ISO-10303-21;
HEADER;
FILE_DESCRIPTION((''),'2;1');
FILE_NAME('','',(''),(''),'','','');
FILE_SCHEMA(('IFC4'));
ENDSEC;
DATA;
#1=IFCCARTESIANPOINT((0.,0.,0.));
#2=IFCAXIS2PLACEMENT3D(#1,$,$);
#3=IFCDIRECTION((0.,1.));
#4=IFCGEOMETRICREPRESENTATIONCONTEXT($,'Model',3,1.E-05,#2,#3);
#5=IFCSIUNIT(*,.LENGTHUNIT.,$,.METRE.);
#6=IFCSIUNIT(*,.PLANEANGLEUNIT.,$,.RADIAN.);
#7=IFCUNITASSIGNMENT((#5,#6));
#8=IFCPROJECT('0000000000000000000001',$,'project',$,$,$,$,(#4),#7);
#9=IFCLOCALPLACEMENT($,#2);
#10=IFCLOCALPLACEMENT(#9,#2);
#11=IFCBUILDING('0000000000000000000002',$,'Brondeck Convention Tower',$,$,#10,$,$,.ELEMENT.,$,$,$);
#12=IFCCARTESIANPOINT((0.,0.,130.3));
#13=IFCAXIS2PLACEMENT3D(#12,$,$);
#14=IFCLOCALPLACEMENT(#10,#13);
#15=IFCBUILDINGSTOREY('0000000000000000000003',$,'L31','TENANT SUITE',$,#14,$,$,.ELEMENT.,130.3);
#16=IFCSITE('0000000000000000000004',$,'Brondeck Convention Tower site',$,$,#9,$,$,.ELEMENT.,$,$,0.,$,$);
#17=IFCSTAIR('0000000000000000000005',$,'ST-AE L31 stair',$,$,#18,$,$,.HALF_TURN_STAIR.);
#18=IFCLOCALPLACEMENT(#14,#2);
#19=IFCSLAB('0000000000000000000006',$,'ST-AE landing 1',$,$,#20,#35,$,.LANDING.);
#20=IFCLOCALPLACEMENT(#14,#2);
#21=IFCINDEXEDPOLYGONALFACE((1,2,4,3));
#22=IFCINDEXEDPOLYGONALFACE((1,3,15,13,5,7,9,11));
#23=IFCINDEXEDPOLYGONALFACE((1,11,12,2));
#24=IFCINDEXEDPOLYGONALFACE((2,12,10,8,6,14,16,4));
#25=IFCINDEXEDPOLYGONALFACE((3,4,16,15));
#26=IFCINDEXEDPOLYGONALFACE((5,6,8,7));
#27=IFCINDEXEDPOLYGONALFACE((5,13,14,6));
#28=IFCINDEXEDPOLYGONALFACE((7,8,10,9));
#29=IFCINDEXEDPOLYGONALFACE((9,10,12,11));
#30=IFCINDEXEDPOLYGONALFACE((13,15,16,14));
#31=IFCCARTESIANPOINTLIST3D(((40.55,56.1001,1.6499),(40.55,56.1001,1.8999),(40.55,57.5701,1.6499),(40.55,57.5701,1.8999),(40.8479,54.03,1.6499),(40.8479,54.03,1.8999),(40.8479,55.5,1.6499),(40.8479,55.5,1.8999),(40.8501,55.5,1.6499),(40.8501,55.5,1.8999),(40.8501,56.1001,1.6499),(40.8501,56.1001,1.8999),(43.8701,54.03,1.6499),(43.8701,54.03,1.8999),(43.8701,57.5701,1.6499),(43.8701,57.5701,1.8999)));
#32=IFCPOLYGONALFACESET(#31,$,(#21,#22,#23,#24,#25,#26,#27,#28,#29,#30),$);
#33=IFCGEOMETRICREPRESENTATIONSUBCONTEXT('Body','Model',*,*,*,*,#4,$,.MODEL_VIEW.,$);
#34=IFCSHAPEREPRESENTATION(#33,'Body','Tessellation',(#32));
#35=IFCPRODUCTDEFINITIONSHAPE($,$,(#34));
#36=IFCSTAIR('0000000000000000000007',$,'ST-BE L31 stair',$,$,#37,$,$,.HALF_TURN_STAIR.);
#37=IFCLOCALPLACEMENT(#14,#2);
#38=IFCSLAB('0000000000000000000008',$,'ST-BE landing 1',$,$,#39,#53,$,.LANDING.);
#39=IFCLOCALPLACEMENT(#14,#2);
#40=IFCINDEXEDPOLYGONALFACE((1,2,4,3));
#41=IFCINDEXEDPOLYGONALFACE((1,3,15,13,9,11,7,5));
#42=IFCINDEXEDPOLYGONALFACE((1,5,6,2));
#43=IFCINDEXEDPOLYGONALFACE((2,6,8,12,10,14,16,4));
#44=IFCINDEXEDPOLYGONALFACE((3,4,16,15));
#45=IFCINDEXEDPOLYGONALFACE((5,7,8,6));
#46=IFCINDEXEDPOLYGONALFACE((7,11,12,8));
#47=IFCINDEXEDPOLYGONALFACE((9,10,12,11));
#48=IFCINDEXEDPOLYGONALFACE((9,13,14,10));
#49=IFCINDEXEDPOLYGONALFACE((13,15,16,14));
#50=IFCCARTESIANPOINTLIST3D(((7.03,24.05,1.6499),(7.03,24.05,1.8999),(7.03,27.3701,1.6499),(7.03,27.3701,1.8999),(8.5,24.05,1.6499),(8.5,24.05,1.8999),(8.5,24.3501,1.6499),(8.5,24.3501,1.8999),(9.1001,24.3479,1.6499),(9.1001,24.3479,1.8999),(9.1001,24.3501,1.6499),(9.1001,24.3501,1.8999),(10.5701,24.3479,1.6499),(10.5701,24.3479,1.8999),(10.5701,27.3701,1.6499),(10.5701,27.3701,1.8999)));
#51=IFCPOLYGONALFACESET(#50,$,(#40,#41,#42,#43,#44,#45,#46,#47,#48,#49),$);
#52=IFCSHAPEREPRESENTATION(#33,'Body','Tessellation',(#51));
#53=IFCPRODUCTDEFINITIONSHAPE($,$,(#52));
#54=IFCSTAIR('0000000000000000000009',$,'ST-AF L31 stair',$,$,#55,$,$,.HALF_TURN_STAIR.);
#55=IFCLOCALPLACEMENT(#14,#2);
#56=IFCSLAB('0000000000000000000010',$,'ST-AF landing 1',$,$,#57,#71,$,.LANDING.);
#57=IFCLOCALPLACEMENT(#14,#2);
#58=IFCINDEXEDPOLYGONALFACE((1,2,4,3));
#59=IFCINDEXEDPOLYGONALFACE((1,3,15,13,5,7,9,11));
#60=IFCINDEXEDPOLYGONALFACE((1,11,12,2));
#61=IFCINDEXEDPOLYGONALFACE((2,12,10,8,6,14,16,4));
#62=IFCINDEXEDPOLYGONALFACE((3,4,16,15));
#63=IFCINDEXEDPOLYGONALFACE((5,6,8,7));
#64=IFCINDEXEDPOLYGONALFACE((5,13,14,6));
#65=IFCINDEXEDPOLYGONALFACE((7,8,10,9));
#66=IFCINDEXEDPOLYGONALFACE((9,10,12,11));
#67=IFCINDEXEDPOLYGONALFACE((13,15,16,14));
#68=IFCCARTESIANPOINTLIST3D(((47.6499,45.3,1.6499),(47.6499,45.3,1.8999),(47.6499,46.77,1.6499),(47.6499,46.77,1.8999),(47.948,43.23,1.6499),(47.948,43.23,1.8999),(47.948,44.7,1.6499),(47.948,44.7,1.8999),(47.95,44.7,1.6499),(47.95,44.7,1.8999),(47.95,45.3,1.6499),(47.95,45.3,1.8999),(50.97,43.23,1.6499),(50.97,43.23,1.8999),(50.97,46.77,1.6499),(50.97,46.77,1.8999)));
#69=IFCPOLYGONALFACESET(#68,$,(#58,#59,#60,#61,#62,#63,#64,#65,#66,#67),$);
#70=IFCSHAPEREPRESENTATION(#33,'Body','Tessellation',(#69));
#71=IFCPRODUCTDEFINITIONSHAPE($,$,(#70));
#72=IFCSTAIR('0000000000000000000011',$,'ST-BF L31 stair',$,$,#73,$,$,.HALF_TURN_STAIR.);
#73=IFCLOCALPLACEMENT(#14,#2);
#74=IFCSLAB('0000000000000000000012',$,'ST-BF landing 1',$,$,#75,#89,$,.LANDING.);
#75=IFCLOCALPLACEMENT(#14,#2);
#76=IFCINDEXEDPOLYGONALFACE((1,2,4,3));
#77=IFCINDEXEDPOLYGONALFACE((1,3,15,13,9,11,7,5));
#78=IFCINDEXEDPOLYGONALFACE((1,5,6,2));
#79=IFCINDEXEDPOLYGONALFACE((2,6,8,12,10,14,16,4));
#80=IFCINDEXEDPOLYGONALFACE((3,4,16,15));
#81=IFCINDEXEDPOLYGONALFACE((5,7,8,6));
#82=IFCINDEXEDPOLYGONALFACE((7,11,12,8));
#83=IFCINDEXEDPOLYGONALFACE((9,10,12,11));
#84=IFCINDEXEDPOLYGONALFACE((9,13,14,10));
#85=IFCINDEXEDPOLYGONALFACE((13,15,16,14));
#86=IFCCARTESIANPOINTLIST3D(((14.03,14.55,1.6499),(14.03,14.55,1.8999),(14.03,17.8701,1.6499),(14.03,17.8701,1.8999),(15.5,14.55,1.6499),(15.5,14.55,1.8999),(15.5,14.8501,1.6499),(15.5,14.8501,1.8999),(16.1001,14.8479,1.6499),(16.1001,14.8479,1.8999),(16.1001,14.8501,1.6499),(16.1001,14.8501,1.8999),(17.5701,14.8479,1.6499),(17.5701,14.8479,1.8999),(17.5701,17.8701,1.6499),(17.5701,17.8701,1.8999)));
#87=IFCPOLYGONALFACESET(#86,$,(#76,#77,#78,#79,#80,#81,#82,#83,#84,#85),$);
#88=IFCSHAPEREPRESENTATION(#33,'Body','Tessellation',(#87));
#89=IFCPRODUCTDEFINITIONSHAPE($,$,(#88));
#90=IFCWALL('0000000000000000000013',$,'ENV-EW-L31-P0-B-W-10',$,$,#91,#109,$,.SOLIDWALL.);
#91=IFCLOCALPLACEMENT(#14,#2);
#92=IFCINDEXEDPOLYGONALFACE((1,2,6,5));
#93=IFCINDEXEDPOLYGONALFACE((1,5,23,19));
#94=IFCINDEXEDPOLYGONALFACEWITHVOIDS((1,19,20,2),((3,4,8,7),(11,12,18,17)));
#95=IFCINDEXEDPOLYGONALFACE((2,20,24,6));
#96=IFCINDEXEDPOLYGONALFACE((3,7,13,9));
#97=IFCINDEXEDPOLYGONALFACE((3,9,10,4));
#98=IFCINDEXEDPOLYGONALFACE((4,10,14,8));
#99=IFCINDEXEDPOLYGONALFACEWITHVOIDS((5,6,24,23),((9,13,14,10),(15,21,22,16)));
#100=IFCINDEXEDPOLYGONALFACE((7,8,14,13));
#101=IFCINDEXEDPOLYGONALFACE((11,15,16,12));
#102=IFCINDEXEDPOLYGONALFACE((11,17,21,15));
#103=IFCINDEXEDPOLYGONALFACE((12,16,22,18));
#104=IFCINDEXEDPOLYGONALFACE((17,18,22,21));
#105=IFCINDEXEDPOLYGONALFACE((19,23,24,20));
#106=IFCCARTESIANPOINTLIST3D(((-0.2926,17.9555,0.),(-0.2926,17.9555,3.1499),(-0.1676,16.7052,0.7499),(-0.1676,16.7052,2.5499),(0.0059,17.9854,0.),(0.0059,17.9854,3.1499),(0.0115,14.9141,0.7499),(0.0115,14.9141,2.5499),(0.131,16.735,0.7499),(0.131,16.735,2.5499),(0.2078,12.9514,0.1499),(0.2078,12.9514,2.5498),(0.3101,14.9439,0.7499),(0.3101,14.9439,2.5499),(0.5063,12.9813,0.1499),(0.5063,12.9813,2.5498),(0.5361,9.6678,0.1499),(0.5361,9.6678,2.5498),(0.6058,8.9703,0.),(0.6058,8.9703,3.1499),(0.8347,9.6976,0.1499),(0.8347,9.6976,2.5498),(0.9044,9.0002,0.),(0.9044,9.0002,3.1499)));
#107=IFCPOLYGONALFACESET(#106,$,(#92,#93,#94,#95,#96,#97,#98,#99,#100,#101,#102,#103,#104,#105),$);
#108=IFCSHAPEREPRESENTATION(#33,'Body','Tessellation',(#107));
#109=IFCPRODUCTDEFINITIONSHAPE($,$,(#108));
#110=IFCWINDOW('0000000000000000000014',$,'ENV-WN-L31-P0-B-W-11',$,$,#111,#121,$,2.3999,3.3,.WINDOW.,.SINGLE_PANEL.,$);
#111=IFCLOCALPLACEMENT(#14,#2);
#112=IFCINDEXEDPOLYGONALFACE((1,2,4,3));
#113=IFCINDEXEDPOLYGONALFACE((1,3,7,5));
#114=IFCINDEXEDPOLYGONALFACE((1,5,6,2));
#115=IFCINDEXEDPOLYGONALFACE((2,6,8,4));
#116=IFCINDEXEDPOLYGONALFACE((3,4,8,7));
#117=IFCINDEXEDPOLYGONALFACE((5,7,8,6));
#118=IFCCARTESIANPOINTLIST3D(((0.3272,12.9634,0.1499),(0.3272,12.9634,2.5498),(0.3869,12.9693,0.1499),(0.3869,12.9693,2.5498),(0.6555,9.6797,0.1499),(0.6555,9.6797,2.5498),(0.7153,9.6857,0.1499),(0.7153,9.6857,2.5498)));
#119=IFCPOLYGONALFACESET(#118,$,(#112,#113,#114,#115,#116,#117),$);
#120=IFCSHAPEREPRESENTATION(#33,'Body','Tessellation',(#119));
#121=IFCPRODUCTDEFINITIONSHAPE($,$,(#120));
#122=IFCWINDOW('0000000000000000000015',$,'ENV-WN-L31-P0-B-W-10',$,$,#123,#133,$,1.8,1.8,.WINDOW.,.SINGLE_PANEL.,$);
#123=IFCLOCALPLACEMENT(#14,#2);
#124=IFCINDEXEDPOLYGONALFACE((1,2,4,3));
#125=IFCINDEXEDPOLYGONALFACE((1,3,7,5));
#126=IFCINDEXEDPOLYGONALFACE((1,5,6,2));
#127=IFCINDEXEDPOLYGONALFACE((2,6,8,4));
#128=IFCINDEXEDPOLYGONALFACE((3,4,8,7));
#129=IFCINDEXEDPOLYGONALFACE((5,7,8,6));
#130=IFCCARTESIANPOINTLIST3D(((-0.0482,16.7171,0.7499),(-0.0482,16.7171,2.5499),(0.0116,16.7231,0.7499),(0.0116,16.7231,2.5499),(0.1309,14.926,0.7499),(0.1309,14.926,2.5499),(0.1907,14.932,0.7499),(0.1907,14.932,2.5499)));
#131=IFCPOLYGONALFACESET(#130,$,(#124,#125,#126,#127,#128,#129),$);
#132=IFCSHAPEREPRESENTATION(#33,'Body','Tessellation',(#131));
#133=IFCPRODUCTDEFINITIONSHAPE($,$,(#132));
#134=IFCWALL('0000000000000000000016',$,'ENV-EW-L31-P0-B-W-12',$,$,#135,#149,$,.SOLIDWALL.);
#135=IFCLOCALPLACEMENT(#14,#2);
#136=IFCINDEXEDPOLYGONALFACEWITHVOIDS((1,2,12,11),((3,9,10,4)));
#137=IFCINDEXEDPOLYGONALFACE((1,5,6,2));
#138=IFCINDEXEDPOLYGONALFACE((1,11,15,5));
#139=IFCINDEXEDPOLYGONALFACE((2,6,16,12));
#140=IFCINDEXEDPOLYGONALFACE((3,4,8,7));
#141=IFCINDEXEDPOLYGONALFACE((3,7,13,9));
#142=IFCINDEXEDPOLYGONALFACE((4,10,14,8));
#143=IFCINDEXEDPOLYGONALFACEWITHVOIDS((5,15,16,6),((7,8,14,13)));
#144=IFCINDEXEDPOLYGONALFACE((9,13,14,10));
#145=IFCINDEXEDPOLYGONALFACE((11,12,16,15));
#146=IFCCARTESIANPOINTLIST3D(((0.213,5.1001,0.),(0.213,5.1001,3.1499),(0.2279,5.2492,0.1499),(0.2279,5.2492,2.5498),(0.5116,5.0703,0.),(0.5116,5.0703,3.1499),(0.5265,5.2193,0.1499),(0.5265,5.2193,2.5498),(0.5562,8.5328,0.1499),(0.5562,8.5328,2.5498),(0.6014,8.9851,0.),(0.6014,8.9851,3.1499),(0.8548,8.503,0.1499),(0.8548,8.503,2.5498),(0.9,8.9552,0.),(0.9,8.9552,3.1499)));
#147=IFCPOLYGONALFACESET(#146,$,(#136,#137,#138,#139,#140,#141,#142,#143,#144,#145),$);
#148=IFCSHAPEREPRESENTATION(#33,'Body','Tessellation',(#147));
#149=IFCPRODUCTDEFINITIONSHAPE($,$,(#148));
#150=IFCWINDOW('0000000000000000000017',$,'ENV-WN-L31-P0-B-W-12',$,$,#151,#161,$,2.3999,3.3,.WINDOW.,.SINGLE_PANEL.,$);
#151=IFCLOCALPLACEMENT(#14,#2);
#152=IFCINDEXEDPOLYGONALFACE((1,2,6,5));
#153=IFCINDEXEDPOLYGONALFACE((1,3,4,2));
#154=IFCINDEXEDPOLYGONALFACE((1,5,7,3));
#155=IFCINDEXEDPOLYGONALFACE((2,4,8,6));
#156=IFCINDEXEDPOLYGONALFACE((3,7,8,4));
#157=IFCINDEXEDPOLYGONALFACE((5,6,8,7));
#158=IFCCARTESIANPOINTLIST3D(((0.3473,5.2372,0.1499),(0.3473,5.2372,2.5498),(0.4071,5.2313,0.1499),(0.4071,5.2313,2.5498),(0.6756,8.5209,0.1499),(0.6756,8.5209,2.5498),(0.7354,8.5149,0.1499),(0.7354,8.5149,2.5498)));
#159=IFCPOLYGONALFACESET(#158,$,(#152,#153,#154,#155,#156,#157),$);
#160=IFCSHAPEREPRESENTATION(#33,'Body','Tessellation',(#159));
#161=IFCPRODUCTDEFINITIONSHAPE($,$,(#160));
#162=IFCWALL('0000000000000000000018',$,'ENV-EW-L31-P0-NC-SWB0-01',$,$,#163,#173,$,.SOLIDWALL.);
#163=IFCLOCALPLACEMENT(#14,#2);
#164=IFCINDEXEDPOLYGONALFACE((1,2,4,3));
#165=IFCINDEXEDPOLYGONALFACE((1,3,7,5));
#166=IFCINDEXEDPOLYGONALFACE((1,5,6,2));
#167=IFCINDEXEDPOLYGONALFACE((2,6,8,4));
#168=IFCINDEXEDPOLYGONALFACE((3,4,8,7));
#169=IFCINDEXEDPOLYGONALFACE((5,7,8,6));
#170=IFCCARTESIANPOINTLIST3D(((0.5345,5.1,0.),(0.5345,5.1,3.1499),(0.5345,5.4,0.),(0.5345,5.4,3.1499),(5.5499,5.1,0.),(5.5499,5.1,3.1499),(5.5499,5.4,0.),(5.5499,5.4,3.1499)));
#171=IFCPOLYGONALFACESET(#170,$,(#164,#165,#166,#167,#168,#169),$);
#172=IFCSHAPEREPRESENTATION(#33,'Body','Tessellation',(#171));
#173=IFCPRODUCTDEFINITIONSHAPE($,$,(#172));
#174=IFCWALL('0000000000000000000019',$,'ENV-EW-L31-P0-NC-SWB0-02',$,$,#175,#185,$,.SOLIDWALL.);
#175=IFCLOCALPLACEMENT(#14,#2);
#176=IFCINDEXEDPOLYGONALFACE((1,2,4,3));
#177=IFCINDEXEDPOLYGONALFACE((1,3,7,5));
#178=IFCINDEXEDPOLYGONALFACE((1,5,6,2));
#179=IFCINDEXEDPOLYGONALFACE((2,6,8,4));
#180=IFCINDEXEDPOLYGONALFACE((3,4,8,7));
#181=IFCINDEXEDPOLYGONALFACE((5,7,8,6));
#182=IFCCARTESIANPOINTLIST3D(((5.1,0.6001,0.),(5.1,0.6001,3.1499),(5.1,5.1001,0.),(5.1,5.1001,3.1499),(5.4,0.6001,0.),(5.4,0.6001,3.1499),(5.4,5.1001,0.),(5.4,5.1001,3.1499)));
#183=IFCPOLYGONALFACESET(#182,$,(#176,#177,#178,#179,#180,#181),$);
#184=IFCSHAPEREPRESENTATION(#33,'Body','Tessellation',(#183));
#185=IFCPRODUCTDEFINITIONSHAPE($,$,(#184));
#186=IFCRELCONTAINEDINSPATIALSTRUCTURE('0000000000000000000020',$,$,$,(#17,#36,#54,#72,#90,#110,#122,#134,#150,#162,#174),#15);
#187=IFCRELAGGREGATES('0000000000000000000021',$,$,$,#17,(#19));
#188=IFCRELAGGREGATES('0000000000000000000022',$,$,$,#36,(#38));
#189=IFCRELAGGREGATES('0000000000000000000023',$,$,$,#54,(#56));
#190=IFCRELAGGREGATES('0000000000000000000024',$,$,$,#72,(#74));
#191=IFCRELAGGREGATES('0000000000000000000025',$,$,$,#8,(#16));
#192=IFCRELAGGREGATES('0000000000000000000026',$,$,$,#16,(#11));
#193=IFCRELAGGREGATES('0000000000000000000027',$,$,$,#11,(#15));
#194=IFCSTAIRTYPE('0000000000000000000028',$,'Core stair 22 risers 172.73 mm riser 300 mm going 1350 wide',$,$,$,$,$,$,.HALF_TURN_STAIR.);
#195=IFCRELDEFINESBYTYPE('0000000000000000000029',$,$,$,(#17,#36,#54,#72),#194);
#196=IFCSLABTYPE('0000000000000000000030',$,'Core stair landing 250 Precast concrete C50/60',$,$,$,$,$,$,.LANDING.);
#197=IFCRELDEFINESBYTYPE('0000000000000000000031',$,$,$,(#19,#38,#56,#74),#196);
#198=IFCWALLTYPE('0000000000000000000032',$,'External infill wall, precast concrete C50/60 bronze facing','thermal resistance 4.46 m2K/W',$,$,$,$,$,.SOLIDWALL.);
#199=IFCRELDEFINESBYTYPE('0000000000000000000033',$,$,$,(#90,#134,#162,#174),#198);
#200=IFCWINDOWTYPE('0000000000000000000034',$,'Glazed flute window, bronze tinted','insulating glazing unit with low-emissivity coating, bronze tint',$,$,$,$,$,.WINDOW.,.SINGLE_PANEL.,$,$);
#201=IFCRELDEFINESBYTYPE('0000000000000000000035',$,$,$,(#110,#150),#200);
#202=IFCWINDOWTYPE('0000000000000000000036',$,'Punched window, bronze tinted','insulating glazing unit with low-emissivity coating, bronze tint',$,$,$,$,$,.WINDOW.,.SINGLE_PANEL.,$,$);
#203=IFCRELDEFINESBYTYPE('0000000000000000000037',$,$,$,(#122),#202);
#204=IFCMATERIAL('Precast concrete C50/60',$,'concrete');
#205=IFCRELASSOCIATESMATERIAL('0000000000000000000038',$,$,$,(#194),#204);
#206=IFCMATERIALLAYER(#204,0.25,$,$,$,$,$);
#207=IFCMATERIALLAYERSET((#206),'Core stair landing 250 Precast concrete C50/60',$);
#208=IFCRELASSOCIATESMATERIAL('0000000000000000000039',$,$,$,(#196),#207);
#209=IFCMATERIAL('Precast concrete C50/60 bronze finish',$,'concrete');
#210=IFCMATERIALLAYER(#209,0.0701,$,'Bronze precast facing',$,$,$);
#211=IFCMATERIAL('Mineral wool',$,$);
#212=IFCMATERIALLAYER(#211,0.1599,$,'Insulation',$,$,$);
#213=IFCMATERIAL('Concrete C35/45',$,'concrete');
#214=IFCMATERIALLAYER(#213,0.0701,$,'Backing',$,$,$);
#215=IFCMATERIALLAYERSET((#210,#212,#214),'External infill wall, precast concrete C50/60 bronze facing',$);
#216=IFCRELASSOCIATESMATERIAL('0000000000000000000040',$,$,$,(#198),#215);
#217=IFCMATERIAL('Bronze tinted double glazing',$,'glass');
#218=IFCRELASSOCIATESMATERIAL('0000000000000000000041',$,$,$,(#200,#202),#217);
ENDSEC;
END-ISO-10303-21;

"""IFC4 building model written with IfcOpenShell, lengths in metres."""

from ifc_helpers import new_model, si_unit, direction, frame, frame_2d, origin, place, context, subcontext, project, spatial, polyline, rectangle, outline, extrude, material, layer, layer_set, type_object, element, fill, aggregate, save


model = new_model("IFC4")

# Units and contexts
model_context = context("Model", 3, precision=1e-05, world=origin(), true_north=direction((0.0, 1.0)))
body_context = subcontext(model_context, "Body", "Model", "MODEL_VIEW")
ifc_project = project(units=[si_unit("LENGTHUNIT", "METRE"), si_unit("PLANEANGLEUNIT", "RADIAN")], contexts=[model_context])

# Site, building, storey
site_placement = place(None, origin())
site = spatial("IfcSite", under=ifc_project, at=site_placement, Name="Brondeck Convention Tower site", CompositionType="ELEMENT", RefElevation=0.0)
building_placement = place(site_placement, origin())
building = spatial("IfcBuilding", under=site, at=building_placement, Name="Brondeck Convention Tower", CompositionType="ELEMENT")
storey_placement = place(building_placement, frame((0.0, 0.0, 130.3)))
storey = spatial("IfcBuildingStorey", under=building, at=storey_placement, Name="L31", Description="TENANT SUITE", CompositionType="ELEMENT", Elevation=130.3)

# Shared definitions
ifc_material_1 = material(Name="Concrete C35/45", Category="concrete")

# Stairs, slabs
ifc_material_2 = material(Name="Precast concrete C50/60", Category="concrete")
stair_type = type_object("IfcStairType", Name="Core stair 22 risers 172.73 mm riser 300 mm going 1350 wide", PredefinedType="HALF_TURN_STAIR", material=ifc_material_2)
ifc_layer_1 = layer(ifc_material_2, 0.25)
ifc_layer_set_1 = layer_set([ifc_layer_1], Name="Core stair landing 250 Precast concrete C50/60")
slab_type_1 = type_object("IfcSlabType", Name="Core stair landing 250 Precast concrete C50/60", PredefinedType="LANDING", material=ifc_layer_set_1)
stair_1_placement = place(storey_placement, origin())
stair_1 = element("IfcStair", 1, at=stair_1_placement, inside=storey, type_object=stair_type, Name="ST-AE L31 stair", PredefinedType="HALF_TURN_STAIR")
slab_1_placement = place(storey_placement, frame((0.0, 0.0, 1.6499)))
slab_1 = element("IfcSlab", 2, at=slab_1_placement, type_object=slab_type_1, Name="ST-AE landing 1", PredefinedType="LANDING", context=body_context, shape_type="SweptSolid", body=[
    extrude(outline(polyline([(40.8479, 55.5), (40.8501, 55.5), (40.8501, 56.1001), (40.55, 56.1001), (40.55, 57.5701), (43.8701, 57.5701), (43.8701, 54.03), (40.8479, 54.03), (40.8479, 55.5)])), origin(), (0.0, 0.0, 1.0), 0.25),
])
aggregate(stair_1, [slab_1])
stair_2_placement = place(storey_placement, origin())
stair_2 = element("IfcStair", 3, at=stair_2_placement, inside=storey, type_object=stair_type, Name="ST-BE L31 stair", PredefinedType="HALF_TURN_STAIR")
slab_2_placement = place(storey_placement, frame((0.0, 0.0, 1.6499)))
slab_2 = element("IfcSlab", 4, at=slab_2_placement, type_object=slab_type_1, Name="ST-BE landing 1", PredefinedType="LANDING", context=body_context, shape_type="SweptSolid", body=[
    extrude(outline(polyline([(7.03, 24.05), (7.03, 27.3701), (10.5701, 27.3701), (10.5701, 24.3479), (9.1001, 24.3479), (9.1001, 24.3501), (8.5, 24.3501), (8.5, 24.05), (7.03, 24.05)])), origin(), (0.0, 0.0, 1.0), 0.25),
])
aggregate(stair_2, [slab_2])
stair_3_placement = place(storey_placement, origin())
stair_3 = element("IfcStair", 5, at=stair_3_placement, inside=storey, type_object=stair_type, Name="ST-AF L31 stair", PredefinedType="HALF_TURN_STAIR")
slab_3_placement = place(storey_placement, frame((0.0, 0.0, 1.6499)))
slab_3 = element("IfcSlab", 6, at=slab_3_placement, type_object=slab_type_1, Name="ST-AF landing 1", PredefinedType="LANDING", context=body_context, shape_type="SweptSolid", body=[
    extrude(outline(polyline([(47.948, 44.7), (47.95, 44.7), (47.95, 45.3), (47.6499, 45.3), (47.6499, 46.77), (50.97, 46.77), (50.97, 43.23), (47.948, 43.23), (47.948, 44.7)])), origin(), (0.0, 0.0, 1.0), 0.25),
])
aggregate(stair_3, [slab_3])
stair_4_placement = place(storey_placement, origin())
stair_4 = element("IfcStair", 7, at=stair_4_placement, inside=storey, type_object=stair_type, Name="ST-BF L31 stair", PredefinedType="HALF_TURN_STAIR")
slab_4_placement = place(storey_placement, frame((0.0, 0.0, 1.6499)))
slab_4 = element("IfcSlab", 8, at=slab_4_placement, type_object=slab_type_1, Name="ST-BF landing 1", PredefinedType="LANDING", context=body_context, shape_type="SweptSolid", body=[
    extrude(outline(polyline([(14.03, 14.55), (14.03, 17.8701), (17.5701, 17.8701), (17.5701, 14.8479), (16.1001, 14.8479), (16.1001, 14.8501), (15.5, 14.8501), (15.5, 14.55), (14.03, 14.55)])), origin(), (0.0, 0.0, 1.0), 0.25),
])
aggregate(stair_4, [slab_4])

# Wall, openings, windows
ifc_material_3 = material(Name="Precast concrete C50/60 bronze finish", Category="concrete")
ifc_layer_2 = layer(ifc_material_3, 0.0701, Name="Bronze precast facing")
ifc_material_4 = material(Name="Mineral wool")
ifc_layer_3 = layer(ifc_material_4, 0.1599, Name="Insulation")
ifc_layer_4 = layer(ifc_material_1, 0.0701, Name="Backing")
ifc_layer_set_2 = layer_set([ifc_layer_2, ifc_layer_3, ifc_layer_4], Name="External infill wall, precast concrete C50/60 bronze facing")
wall_type = type_object("IfcWallType", Name="External infill wall, precast concrete C50/60 bronze facing", Description="thermal resistance 4.46 m2K/W", PredefinedType="SOLIDWALL", material=ifc_layer_set_2)
wall_1_placement = place(storey_placement, frame((0.7551, 8.9851, 0.0), z_axis=(0.0, 0.0, 1.0), x_axis=(-0.099496, 0.995038, 0.0)))
wall_1 = element("IfcWall", 9, at=wall_1_placement, inside=storey, type_object=wall_type, Name="ENV-EW-L31-P0-B-W-10", PredefinedType="SOLIDWALL", context=body_context, shape_type="SweptSolid", body=[
    extrude(rectangle(XDim=9.03, YDim=0.3, at=frame_2d((4.5151, 0.0))), origin(), (0.0, 0.0, 1.0), 3.1499),
])
opening_1_placement = place(wall_1_placement, frame((0.7012, 0.0, 0.1499)))
opening_1 = element("IfcOpeningElement", 10, at=opening_1_placement, cuts=wall_1, PredefinedType="OPENING", context=body_context, shape_type="SweptSolid", body=[
    extrude(rectangle(XDim=3.3, YDim=2.3999, at=frame_2d((1.6499, 1.2))), frame((0.0, 0.1599, 0.0), z_axis=(0.0, -1.0, 0.0), x_axis=(1.0, 0.0, 0.0)), (0.0, 0.0, 1.0), 0.3201),
])
opening_2_placement = place(wall_1_placement, frame((5.9736, 0.0, 0.75)))
opening_2 = element("IfcOpeningElement", 11, at=opening_2_placement, cuts=wall_1, PredefinedType="OPENING", context=body_context, shape_type="SweptSolid", body=[
    extrude(rectangle(XDim=1.8, YDim=1.8, at=frame_2d((0.8999, 0.8999))), frame((0.0, 0.1599, 0.0), z_axis=(0.0, -1.0, 0.0), x_axis=(1.0, 0.0, 0.0)), (0.0, 0.0, 1.0), 0.3201),
])
ifc_material_5 = material(Name="Bronze tinted double glazing", Category="glass")
window_type_1 = type_object("IfcWindowType", Name="Glazed flute window, bronze tinted", Description="insulating glazing unit with low-emissivity coating, bronze tint", PartitioningType="SINGLE_PANEL", PredefinedType="WINDOW", material=ifc_material_5)
window_1_placement = place(opening_1_placement, origin())
window_1 = element("IfcWindow", 12, at=window_1_placement, inside=storey, type_object=window_type_1, Name="ENV-WN-L31-P0-B-W-11", OverallHeight=2.3999, OverallWidth=3.3, PartitioningType="SINGLE_PANEL", PredefinedType="WINDOW", context=body_context, shape_type="SweptSolid", body=[
    extrude(rectangle(XDim=3.3, YDim=2.3999, at=frame_2d((1.6499, 1.2))), frame((0.0, 0.03, 0.0), z_axis=(0.0, -1.0, 0.0), x_axis=(1.0, 0.0, 0.0)), (0.0, 0.0, 1.0), 0.0601),
])
fill(opening_1, window_1)
window_type_2 = type_object("IfcWindowType", Name="Punched window, bronze tinted", Description="insulating glazing unit with low-emissivity coating, bronze tint", PartitioningType="SINGLE_PANEL", PredefinedType="WINDOW", material=ifc_material_5)
window_2_placement = place(opening_2_placement, origin())
window_2 = element("IfcWindow", 13, at=window_2_placement, inside=storey, type_object=window_type_2, Name="ENV-WN-L31-P0-B-W-10", OverallHeight=1.8, OverallWidth=1.8, PartitioningType="SINGLE_PANEL", PredefinedType="WINDOW", context=body_context, shape_type="SweptSolid", body=[
    extrude(rectangle(XDim=1.8, YDim=1.8, at=frame_2d((0.8999, 0.8999))), frame((0.0, 0.03, 0.0), z_axis=(0.0, -1.0, 0.0), x_axis=(1.0, 0.0, 0.0)), (0.0, 0.0, 1.0), 0.0601),
])
fill(opening_2, window_2)

# Wall, opening, window
wall_2_placement = place(storey_placement, frame((0.3623, 5.0852, 0.0), z_axis=(0.0, 0.0, 1.0), x_axis=(0.099485, 0.995039, 0.0)))
wall_2 = element("IfcWall", 14, at=wall_2_placement, inside=storey, type_object=wall_type, Name="ENV-EW-L31-P0-B-W-12", PredefinedType="SOLIDWALL", context=body_context, shape_type="SweptSolid", body=[
    extrude(rectangle(XDim=3.9043, YDim=0.3, at=frame_2d((1.9521, 0.0))), origin(), (0.0, 0.0, 1.0), 3.1499),
])
opening_3_placement = place(wall_2_placement, frame((0.1499, 0.0, 0.1499)))
opening_3 = element("IfcOpeningElement", 15, at=opening_3_placement, cuts=wall_2, PredefinedType="OPENING", context=body_context, shape_type="SweptSolid", body=[
    extrude(rectangle(XDim=3.3, YDim=2.3999, at=frame_2d((1.6499, 1.2))), frame((0.0, 0.1599, 0.0), z_axis=(0.0, -1.0, 0.0), x_axis=(1.0, 0.0, 0.0)), (0.0, 0.0, 1.0), 0.3201),
])
window_3_placement = place(opening_3_placement, origin())
window_3 = element("IfcWindow", 16, at=window_3_placement, inside=storey, type_object=window_type_1, Name="ENV-WN-L31-P0-B-W-12", OverallHeight=2.3999, OverallWidth=3.3, PartitioningType="SINGLE_PANEL", PredefinedType="WINDOW", context=body_context, shape_type="SweptSolid", body=[
    extrude(rectangle(XDim=3.3, YDim=2.3999, at=frame_2d((1.6499, 1.2))), frame((0.0, 0.03, 0.0), z_axis=(0.0, -1.0, 0.0), x_axis=(1.0, 0.0, 0.0)), (0.0, 0.0, 1.0), 0.0601),
])
fill(opening_3, window_3)

# Walls
wall_3_placement = place(storey_placement, frame((5.55, 5.25, 0.0), z_axis=(0.0, 0.0, 1.0), x_axis=(-1.0, 0.0, 0.0)))
element("IfcWall", 17, at=wall_3_placement, inside=storey, type_object=wall_type, Name="ENV-EW-L31-P0-NC-SWB0-01", PredefinedType="SOLIDWALL", context=body_context, shape_type="SweptSolid", body=[
    extrude(rectangle(XDim=5.0154, YDim=0.3, at=frame_2d((2.5078, 0.0))), origin(), (0.0, 0.0, 1.0), 3.1499),
])
wall_4_placement = place(storey_placement, frame((5.25, 0.6001, 0.0), z_axis=(0.0, 0.0, 1.0), x_axis=(0.0, 1.0, 0.0)))
element("IfcWall", 18, at=wall_4_placement, inside=storey, type_object=wall_type, Name="ENV-EW-L31-P0-NC-SWB0-02", PredefinedType="SOLIDWALL", context=body_context, shape_type="SweptSolid", body=[
    extrude(rectangle(XDim=4.5, YDim=0.3, at=frame_2d((2.25, 0.0))), origin(), (0.0, 0.0, 1.0), 3.1499),
])

save(model, "model.ifc")
